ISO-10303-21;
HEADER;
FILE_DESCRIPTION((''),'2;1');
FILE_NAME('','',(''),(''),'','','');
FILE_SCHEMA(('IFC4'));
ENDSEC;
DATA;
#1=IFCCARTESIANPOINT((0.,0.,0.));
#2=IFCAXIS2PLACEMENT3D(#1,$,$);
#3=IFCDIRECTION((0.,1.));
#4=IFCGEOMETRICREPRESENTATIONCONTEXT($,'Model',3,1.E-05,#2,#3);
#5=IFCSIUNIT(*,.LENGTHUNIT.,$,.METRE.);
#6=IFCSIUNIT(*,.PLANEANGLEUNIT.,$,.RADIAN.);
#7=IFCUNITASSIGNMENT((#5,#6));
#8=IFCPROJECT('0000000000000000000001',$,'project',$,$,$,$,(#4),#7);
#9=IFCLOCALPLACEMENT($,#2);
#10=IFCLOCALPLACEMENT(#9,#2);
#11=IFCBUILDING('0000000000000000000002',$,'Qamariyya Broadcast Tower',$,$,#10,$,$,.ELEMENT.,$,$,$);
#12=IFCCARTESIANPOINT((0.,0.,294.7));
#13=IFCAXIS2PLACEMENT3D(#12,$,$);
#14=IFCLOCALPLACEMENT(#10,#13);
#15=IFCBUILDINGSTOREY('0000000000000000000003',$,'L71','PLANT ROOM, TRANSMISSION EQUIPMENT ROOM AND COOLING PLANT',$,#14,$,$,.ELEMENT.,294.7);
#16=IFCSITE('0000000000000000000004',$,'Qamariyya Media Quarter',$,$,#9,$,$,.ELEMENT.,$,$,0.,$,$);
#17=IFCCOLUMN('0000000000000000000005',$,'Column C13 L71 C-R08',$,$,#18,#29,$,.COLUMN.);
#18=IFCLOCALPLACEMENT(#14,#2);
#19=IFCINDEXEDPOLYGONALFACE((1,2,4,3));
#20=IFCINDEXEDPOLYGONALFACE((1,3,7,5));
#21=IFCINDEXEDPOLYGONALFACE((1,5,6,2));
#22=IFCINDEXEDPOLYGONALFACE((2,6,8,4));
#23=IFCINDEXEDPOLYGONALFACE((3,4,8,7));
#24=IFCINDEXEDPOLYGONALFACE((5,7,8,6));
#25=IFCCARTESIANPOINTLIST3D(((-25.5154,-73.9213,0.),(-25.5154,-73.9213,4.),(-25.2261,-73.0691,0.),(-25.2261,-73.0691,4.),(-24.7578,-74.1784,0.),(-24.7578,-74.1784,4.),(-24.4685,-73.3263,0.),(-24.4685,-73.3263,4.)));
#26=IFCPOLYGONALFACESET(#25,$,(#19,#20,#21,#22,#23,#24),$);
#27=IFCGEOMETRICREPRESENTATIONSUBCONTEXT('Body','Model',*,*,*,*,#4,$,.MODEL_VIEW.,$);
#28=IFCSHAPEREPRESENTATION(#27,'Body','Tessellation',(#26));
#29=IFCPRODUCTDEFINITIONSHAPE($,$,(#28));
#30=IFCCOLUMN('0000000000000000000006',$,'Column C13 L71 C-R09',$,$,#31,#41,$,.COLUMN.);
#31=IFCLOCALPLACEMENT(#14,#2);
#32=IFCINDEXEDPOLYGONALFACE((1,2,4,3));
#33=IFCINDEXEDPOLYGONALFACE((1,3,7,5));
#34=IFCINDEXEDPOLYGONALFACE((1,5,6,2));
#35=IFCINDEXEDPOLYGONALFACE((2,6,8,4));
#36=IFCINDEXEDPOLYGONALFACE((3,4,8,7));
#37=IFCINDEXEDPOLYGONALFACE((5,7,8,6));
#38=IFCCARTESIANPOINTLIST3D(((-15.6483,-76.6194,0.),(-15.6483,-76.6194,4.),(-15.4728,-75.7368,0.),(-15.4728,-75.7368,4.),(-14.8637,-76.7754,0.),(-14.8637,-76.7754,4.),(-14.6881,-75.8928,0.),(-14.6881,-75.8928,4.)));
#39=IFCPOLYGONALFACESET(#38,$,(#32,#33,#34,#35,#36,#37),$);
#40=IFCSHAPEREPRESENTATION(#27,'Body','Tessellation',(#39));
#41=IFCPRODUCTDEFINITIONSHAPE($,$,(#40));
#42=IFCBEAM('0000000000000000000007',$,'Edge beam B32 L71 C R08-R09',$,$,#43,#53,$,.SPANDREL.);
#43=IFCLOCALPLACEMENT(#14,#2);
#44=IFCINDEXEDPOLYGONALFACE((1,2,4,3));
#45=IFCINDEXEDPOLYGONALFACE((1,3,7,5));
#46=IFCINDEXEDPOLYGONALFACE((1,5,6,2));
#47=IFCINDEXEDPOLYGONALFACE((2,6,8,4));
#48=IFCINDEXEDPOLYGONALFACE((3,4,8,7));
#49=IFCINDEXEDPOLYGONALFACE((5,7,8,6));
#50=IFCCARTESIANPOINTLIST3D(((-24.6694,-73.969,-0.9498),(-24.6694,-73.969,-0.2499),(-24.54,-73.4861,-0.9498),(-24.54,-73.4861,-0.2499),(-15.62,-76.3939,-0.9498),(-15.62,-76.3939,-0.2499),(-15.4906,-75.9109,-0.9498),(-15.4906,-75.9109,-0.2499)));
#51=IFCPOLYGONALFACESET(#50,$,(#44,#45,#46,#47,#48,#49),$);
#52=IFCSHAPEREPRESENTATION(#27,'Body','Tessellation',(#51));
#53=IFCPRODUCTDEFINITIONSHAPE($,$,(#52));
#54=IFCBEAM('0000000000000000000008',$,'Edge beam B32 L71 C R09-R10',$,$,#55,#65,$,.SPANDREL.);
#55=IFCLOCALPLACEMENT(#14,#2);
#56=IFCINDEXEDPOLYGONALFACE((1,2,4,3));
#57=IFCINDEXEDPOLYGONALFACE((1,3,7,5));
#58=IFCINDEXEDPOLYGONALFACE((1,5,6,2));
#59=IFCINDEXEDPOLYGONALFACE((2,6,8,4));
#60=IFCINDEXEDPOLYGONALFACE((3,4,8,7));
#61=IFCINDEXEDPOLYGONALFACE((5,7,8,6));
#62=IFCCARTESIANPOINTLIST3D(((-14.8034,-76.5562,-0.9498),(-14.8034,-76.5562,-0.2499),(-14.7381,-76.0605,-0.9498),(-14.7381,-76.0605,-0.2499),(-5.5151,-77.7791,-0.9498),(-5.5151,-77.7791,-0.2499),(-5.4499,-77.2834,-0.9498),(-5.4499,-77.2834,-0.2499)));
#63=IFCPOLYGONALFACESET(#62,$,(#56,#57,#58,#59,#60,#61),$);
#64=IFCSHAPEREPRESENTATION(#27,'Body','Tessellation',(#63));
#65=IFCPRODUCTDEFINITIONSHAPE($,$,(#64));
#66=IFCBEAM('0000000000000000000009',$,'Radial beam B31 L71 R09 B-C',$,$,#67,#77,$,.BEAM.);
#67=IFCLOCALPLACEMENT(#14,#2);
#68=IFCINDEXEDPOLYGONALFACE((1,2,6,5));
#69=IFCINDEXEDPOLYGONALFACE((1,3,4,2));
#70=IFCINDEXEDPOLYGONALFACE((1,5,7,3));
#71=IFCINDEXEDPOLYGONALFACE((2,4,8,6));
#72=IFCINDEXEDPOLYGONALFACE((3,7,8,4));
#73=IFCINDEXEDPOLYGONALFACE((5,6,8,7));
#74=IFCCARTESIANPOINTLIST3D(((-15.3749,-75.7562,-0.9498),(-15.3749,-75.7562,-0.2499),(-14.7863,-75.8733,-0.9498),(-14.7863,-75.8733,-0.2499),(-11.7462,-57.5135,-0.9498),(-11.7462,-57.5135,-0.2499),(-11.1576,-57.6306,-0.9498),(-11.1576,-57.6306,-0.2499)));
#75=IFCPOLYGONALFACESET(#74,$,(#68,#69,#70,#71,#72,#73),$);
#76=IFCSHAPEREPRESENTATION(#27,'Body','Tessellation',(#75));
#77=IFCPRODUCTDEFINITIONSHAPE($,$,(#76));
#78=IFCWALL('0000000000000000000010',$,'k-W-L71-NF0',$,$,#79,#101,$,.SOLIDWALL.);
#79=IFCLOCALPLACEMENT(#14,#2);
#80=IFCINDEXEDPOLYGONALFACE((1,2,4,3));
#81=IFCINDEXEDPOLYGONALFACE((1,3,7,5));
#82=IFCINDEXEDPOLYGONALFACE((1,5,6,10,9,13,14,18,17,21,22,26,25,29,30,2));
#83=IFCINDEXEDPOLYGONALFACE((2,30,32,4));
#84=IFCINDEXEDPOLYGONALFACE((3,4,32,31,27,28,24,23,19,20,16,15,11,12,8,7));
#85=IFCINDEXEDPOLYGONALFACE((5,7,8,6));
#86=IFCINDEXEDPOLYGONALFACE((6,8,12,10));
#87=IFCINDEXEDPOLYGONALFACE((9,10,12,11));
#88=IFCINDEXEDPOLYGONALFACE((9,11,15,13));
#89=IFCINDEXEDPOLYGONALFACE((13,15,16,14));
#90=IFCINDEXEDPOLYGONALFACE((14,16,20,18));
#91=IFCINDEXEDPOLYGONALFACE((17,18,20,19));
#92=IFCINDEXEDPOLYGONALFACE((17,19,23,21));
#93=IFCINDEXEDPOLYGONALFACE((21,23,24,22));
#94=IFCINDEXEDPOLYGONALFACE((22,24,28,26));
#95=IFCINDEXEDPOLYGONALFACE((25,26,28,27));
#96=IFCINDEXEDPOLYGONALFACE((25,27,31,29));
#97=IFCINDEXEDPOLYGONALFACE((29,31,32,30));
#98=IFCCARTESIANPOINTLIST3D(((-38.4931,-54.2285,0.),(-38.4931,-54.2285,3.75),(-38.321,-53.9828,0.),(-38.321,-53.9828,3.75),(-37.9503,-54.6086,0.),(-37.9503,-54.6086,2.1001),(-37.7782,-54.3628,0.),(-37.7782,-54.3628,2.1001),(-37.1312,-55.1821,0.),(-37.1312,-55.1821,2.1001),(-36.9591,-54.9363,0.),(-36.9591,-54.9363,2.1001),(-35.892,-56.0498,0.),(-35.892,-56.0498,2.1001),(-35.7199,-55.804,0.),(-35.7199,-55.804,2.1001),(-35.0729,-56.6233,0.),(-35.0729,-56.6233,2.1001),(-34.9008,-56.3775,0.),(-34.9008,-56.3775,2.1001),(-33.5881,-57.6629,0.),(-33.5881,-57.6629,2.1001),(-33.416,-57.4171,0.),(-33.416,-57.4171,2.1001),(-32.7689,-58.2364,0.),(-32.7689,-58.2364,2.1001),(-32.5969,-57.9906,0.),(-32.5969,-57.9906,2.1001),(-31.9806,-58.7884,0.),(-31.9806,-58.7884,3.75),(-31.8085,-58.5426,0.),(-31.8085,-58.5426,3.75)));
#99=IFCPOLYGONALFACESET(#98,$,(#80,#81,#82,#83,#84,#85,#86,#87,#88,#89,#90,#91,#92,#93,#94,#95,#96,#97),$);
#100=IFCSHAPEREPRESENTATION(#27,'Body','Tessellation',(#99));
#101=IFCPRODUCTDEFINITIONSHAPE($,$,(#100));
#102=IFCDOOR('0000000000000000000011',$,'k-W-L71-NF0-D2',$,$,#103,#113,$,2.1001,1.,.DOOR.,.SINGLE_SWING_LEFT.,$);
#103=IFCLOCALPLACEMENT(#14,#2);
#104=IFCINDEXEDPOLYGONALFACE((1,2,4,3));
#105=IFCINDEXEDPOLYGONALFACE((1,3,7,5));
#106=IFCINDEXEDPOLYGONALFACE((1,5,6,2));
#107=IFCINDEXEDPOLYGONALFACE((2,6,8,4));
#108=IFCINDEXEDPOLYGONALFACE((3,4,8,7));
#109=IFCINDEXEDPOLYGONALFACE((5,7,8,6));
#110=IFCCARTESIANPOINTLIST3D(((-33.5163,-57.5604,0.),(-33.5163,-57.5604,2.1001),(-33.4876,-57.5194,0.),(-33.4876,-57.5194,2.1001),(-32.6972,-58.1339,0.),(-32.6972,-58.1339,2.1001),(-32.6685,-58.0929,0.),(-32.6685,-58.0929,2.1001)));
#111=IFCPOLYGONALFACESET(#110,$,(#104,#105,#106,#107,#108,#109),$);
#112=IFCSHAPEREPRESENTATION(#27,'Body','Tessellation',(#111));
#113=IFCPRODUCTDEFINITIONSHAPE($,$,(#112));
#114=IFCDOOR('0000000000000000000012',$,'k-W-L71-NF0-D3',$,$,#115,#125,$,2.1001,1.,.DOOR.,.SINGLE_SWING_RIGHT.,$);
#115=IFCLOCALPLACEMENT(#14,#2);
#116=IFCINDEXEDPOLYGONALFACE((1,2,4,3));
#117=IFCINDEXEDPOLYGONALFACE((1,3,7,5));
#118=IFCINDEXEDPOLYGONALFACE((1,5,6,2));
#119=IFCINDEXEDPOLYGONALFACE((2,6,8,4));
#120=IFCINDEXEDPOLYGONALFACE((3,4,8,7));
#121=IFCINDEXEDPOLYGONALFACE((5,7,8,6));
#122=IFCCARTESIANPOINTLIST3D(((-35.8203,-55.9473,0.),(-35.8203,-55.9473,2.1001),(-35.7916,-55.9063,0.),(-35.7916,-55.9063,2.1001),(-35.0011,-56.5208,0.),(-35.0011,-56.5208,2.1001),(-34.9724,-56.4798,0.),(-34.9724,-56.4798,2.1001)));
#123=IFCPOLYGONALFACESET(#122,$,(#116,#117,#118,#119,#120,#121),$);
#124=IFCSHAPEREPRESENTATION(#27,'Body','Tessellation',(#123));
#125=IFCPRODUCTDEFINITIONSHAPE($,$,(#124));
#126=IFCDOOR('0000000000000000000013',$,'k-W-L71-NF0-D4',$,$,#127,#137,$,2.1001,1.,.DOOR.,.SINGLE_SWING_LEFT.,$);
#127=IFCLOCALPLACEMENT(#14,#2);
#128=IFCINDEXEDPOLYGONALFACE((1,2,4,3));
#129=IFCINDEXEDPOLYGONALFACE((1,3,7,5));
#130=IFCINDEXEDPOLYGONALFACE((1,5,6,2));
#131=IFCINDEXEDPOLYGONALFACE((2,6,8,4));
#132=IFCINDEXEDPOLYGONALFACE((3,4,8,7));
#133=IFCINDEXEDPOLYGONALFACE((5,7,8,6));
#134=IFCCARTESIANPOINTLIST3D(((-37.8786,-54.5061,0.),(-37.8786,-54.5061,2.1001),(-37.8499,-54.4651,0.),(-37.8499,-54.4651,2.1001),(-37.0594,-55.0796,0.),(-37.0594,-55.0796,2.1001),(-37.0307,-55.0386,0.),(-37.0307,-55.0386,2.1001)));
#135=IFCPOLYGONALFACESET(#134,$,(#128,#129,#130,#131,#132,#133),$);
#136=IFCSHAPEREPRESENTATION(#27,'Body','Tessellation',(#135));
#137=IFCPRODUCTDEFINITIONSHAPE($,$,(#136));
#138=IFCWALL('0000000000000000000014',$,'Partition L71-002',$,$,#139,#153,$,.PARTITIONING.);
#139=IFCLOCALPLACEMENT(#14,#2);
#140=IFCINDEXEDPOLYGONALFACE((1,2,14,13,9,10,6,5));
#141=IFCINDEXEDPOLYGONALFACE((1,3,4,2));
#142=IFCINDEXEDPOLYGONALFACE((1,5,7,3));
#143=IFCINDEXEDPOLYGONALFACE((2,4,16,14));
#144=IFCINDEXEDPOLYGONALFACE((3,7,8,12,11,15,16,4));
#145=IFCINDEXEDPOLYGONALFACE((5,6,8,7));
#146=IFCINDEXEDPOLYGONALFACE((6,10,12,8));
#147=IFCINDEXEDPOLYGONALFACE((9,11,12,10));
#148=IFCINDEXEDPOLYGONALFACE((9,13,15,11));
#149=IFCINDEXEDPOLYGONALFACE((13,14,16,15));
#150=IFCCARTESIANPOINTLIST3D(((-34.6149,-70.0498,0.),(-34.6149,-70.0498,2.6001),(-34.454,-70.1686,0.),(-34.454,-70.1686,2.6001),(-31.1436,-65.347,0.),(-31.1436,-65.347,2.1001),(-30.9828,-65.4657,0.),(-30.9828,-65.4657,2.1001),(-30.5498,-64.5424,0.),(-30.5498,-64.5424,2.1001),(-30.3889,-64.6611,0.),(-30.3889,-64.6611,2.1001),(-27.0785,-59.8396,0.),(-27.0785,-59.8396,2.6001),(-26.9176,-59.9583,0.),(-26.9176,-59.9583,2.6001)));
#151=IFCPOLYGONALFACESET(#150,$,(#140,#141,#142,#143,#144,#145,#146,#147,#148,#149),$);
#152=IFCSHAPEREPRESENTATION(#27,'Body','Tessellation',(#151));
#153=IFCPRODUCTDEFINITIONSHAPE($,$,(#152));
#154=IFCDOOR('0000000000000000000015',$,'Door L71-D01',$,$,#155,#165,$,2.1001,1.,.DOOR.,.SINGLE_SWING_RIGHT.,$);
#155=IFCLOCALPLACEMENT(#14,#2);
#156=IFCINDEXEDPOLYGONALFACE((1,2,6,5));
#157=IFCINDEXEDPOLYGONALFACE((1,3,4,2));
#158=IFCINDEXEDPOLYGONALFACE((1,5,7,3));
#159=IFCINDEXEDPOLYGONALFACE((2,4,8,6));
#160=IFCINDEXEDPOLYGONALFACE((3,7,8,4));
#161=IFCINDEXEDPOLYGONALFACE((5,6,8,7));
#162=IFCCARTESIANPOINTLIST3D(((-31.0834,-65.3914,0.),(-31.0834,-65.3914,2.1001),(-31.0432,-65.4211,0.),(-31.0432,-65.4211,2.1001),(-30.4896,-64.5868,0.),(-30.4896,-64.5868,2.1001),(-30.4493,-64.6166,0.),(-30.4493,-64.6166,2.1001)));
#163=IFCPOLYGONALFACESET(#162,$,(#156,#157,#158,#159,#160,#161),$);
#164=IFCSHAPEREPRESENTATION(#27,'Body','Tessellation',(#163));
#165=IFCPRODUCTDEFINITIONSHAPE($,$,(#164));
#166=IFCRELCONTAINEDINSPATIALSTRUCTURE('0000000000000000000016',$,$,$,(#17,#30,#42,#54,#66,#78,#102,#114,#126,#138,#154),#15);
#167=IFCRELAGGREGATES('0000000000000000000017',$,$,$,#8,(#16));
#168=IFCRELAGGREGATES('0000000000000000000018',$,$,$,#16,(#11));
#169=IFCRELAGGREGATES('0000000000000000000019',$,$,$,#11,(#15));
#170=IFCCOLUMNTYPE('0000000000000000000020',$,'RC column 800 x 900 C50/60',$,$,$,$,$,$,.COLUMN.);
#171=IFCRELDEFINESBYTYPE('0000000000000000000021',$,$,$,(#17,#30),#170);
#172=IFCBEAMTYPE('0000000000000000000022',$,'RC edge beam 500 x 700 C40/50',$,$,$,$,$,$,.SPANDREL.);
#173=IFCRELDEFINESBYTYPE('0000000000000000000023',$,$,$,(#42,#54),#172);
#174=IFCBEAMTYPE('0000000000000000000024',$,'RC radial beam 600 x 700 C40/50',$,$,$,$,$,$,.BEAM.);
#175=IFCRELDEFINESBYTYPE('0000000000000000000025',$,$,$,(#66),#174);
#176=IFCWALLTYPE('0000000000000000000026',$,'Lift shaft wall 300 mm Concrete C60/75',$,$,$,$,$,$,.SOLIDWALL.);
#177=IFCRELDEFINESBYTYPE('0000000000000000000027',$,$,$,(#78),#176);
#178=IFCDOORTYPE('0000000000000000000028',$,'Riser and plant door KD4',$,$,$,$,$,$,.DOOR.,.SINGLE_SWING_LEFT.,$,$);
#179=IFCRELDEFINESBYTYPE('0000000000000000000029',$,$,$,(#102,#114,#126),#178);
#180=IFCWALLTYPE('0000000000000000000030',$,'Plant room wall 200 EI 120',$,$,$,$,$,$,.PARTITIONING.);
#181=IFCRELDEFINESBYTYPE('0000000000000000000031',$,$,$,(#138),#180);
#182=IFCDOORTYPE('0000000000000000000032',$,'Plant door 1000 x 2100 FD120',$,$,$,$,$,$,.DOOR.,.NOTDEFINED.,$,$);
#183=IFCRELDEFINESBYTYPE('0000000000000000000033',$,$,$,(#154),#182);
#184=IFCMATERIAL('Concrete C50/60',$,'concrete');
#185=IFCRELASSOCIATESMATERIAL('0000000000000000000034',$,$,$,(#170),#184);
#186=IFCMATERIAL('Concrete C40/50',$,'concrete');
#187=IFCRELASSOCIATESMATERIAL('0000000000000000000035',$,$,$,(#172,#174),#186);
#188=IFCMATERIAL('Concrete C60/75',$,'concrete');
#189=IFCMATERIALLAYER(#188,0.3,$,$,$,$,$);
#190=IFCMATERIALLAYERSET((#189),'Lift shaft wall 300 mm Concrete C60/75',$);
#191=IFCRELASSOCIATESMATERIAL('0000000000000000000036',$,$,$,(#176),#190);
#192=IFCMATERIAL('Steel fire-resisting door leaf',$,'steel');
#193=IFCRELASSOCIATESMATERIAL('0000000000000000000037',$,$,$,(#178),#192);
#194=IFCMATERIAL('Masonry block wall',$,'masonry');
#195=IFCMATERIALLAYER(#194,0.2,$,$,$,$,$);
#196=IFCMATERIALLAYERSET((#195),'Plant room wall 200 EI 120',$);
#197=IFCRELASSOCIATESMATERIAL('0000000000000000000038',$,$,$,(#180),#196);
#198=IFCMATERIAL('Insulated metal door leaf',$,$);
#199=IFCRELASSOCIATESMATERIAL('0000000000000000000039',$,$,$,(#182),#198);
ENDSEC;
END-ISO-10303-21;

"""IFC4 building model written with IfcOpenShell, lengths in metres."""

from ifc_helpers import new_model, si_unit, direction, frame, frame_2d, origin, origin_2d, place, context, subcontext, project, spatial, rectangle, extrude, material, layer, layer_set, material_profile, profile_set, type_object, element, fill, save


model = new_model("IFC4")

# Units and contexts
model_context = context("Model", 3, precision=1e-05, world=origin(), true_north=direction((0.0, 1.0)))
body_context = subcontext(model_context, "Body", "Model", "MODEL_VIEW")
ifc_project = project(units=[si_unit("LENGTHUNIT", "METRE"), si_unit("PLANEANGLEUNIT", "RADIAN")], contexts=[model_context])

# Site, building, storey
site_placement = place(None, origin())
site = spatial("IfcSite", under=ifc_project, at=site_placement, Name="Qamariyya Media Quarter", CompositionType="ELEMENT", RefElevation=0.0)
building_placement = place(site_placement, origin())
building = spatial("IfcBuilding", under=site, at=building_placement, Name="Qamariyya Broadcast Tower", CompositionType="ELEMENT")
storey_placement = place(building_placement, frame((0.0, 0.0, 294.7)))
storey = spatial("IfcBuildingStorey", under=building, at=storey_placement, Name="L71", Description="PLANT ROOM, TRANSMISSION EQUIPMENT ROOM AND COOLING PLANT", CompositionType="ELEMENT", Elevation=294.7)

# Columns
ifc_material_1 = material(Name="Concrete C50/60", Category="concrete")
ifc_material_profile_1 = material_profile(ifc_material_1, rectangle(XDim=0.8, YDim=0.8999, at=origin_2d()))
ifc_profile_set_1 = profile_set([ifc_material_profile_1], Name="Concrete C50/60")
column_type = type_object("IfcColumnType", Name="RC column 800 x 900 C50/60", PredefinedType="COLUMN", material=ifc_profile_set_1)
for number, where, z_axis, x_axis, name in (
    (1, (-24.9919, -73.6238, 0.0), (0.0, 0.0, 1.0), (0.94693, -0.321439, 0.0), "Column C13 L71 C-R08"),
    (2, (-15.1682, -76.2561, 0.0), (0.0, 0.0, 1.0), (0.980785, -0.19509, 0.0), "Column C13 L71 C-R09"),
):
    element("IfcColumn", number, at=place(storey_placement, frame(where, z_axis=z_axis, x_axis=x_axis)), inside=storey, type_object=column_type, Name=name, PredefinedType="COLUMN", context=body_context, shape_type="SweptSolid", body=[
        extrude(rectangle(XDim=0.8, YDim=0.8999, at=origin_2d()), origin(), (0.0, 0.0, 1.0), 4.0),
    ])

# Beams
ifc_material_2 = material(Name="Concrete C40/50", Category="concrete")
ifc_material_profile_2 = material_profile(ifc_material_2, rectangle(XDim=0.5, YDim=0.7, at=origin_2d()))
ifc_profile_set_2 = profile_set([ifc_material_profile_2], Name="Concrete C40/50")
beam_type_1 = type_object("IfcBeamType", Name="RC edge beam 500 x 700 C40/50", PredefinedType="SPANDREL", material=ifc_profile_set_2)
beam_1_placement = place(storey_placement, frame((-24.6047, -73.7275, -0.5999), z_axis=(0.965925, -0.258824, 0.0), x_axis=(0.258824, 0.965925, 0.0)))
element("IfcBeam", 3, at=beam_1_placement, inside=storey, type_object=beam_type_1, Name="Edge beam B32 L71 C R08-R09", PredefinedType="SPANDREL", context=body_context, shape_type="SweptSolid", body=[
    extrude(rectangle(XDim=0.5, YDim=0.7, at=origin_2d()), origin(), (0.0, 0.0, 1.0), 9.3687),
])
beam_2_placement = place(storey_placement, frame((-14.7708, -76.3083, -0.5999), z_axis=(0.991444, -0.130533, 0.0), x_axis=(0.130533, 0.991444, 0.0)))
element("IfcBeam", 4, at=beam_2_placement, inside=storey, type_object=beam_type_1, Name="Edge beam B32 L71 C R09-R10", PredefinedType="SPANDREL", context=body_context, shape_type="SweptSolid", body=[
    extrude(rectangle(XDim=0.5, YDim=0.7, at=origin_2d()), origin(), (0.0, 0.0, 1.0), 9.3684),
])
ifc_material_profile_3 = material_profile(ifc_material_2, rectangle(XDim=0.6001, YDim=0.7, at=origin_2d()))
ifc_profile_set_3 = profile_set([ifc_material_profile_3], Name="Concrete C40/50")
beam_type_2 = type_object("IfcBeamType", Name="RC radial beam 600 x 700 C40/50", PredefinedType="BEAM", material=ifc_profile_set_3)
beam_3_placement = place(storey_placement, frame((-11.4519, -57.572, -0.5999), z_axis=(-0.195089, -0.980786, 0.0), x_axis=(0.980786, -0.195089, 0.0)))
element("IfcBeam", 5, at=beam_3_placement, inside=storey, type_object=beam_type_2, Name="Radial beam B31 L71 R09 B-C", PredefinedType="BEAM", context=body_context, shape_type="SweptSolid", body=[
    extrude(rectangle(XDim=0.6001, YDim=0.7, at=origin_2d()), origin(), (0.0, 0.0, 1.0), 18.6001),
])

# Wall, openings, doors
ifc_material_3 = material(Name="Concrete C60/75", Category="concrete")
ifc_layer_1 = layer(ifc_material_3, 0.3)
ifc_layer_set_1 = layer_set([ifc_layer_1], Name="Lift shaft wall 300 mm Concrete C60/75")
wall_type_1 = type_object("IfcWallType", Name="Lift shaft wall 300 mm Concrete C60/75", PredefinedType="SOLIDWALL", material=ifc_layer_set_1)
wall_1_placement = place(storey_placement, frame((-31.8945, -58.6655, 0.0), z_axis=(0.0, 0.0, 1.0), x_axis=(-0.819167, 0.573555, 0.0)))
wall_1 = element("IfcWall", 6, at=wall_1_placement, inside=storey, type_object=wall_type_1, Name="k-W-L71-NF0", PredefinedType="SOLIDWALL", context=body_context, shape_type="SweptSolid", body=[
    extrude(rectangle(XDim=7.9502, YDim=0.3, at=frame_2d((3.9751, 0.0))), origin(), (0.0, 0.0, 1.0), 3.75),
])
opening_1_placement = place(wall_1_placement, frame((0.9624, 0.0, 0.0)))
opening_1 = element("IfcOpeningElement", 7, at=opening_1_placement, cuts=wall_1, PredefinedType="OPENING", context=body_context, shape_type="SweptSolid", body=[
    extrude(rectangle(XDim=1.0, YDim=2.1001, at=frame_2d((0.5, 1.05))), frame((0.0, 0.1599, 0.0), z_axis=(0.0, -1.0, 0.0), x_axis=(1.0, 0.0, 0.0)), (0.0, 0.0, 1.0), 0.3201),
])
opening_2_placement = place(wall_1_placement, frame((3.7749, 0.0, 0.0)))
opening_2 = element("IfcOpeningElement", 8, at=opening_2_placement, cuts=wall_1, PredefinedType="OPENING", context=body_context, shape_type="SweptSolid", body=[
    extrude(rectangle(XDim=1.0, YDim=2.1001, at=frame_2d((0.5, 1.05))), frame((0.0, 0.1599, 0.0), z_axis=(0.0, -1.0, 0.0), x_axis=(1.0, 0.0, 0.0)), (0.0, 0.0, 1.0), 0.3201),
])
opening_3_placement = place(wall_1_placement, frame((6.2876, 0.0, 0.0)))
opening_3 = element("IfcOpeningElement", 9, at=opening_3_placement, cuts=wall_1, PredefinedType="OPENING", context=body_context, shape_type="SweptSolid", body=[
    extrude(rectangle(XDim=1.0, YDim=2.1001, at=frame_2d((0.5, 1.05))), frame((0.0, 0.1599, 0.0), z_axis=(0.0, -1.0, 0.0), x_axis=(1.0, 0.0, 0.0)), (0.0, 0.0, 1.0), 0.3201),
])
ifc_material_4 = material(Name="Steel fire-resisting door leaf", Category="steel")
door_type_1 = type_object("IfcDoorType", Name="Riser and plant door KD4", OperationType="SINGLE_SWING_LEFT", PredefinedType="DOOR", material=ifc_material_4)
door_1_placement = place(opening_1_placement, origin())
door_1 = element("IfcDoor", 10, at=door_1_placement, inside=storey, type_object=door_type_1, Name="k-W-L71-NF0-D2", OperationType="SINGLE_SWING_LEFT", OverallHeight=2.1001, OverallWidth=1.0, PredefinedType="DOOR", context=body_context, shape_type="SweptSolid", body=[
    extrude(rectangle(XDim=1.0, YDim=2.1001, at=frame_2d((0.5, 1.05))), frame((0.0, 0.0249, 0.0), z_axis=(0.0, -1.0, 0.0), x_axis=(1.0, 0.0, 0.0)), (0.0, 0.0, 1.0), 0.05),
])
fill(opening_1, door_1)
door_2_placement = place(opening_2_placement, origin())
door_2 = element("IfcDoor", 11, at=door_2_placement, inside=storey, type_object=door_type_1, Name="k-W-L71-NF0-D3", OperationType="SINGLE_SWING_RIGHT", OverallHeight=2.1001, OverallWidth=1.0, PredefinedType="DOOR", context=body_context, shape_type="SweptSolid", body=[
    extrude(rectangle(XDim=1.0, YDim=2.1001, at=frame_2d((0.5, 1.05))), frame((0.0, 0.0249, 0.0), z_axis=(0.0, -1.0, 0.0), x_axis=(1.0, 0.0, 0.0)), (0.0, 0.0, 1.0), 0.05),
])
fill(opening_2, door_2)
door_3_placement = place(opening_3_placement, origin())
door_3 = element("IfcDoor", 12, at=door_3_placement, inside=storey, type_object=door_type_1, Name="k-W-L71-NF0-D4", OperationType="SINGLE_SWING_LEFT", OverallHeight=2.1001, OverallWidth=1.0, PredefinedType="DOOR", context=body_context, shape_type="SweptSolid", body=[
    extrude(rectangle(XDim=1.0, YDim=2.1001, at=frame_2d((0.5, 1.05))), frame((0.0, 0.0249, 0.0), z_axis=(0.0, -1.0, 0.0), x_axis=(1.0, 0.0, 0.0)), (0.0, 0.0, 1.0), 0.05),
])
fill(opening_3, door_3)

# Wall, opening, door
ifc_material_5 = material(Name="Masonry block wall", Category="masonry")
ifc_layer_2 = layer(ifc_material_5, 0.2)
ifc_layer_set_2 = layer_set([ifc_layer_2], Name="Plant room wall 200 EI 120")
wall_type_2 = type_object("IfcWallType", Name="Plant room wall 200 EI 120", PredefinedType="PARTITIONING", material=ifc_layer_set_2)
wall_2_placement = place(storey_placement, frame((-26.998, -59.8989, 0.0), z_axis=(0.0, 0.0, 1.0), x_axis=(-0.593866, -0.804564, 0.0)))
wall_2 = element("IfcWall", 13, at=wall_2_placement, inside=storey, type_object=wall_type_2, Name="Partition L71-002", PredefinedType="PARTITIONING", context=body_context, shape_type="SweptSolid", body=[
    extrude(rectangle(XDim=12.6904, YDim=0.2, at=frame_2d((6.3452, 0.0))), origin(), (0.0, 0.0, 1.0), 2.6001),
])
opening_4_placement = place(wall_2_placement, frame((5.8452, 0.0, 0.0)))
opening_4 = element("IfcOpeningElement", 14, at=opening_4_placement, cuts=wall_2, PredefinedType="OPENING", context=body_context, shape_type="SweptSolid", body=[
    extrude(rectangle(XDim=1.0, YDim=2.1001, at=frame_2d((0.5, 1.05))), frame((0.0, 0.1099, 0.0), z_axis=(0.0, -1.0, 0.0), x_axis=(1.0, 0.0, 0.0)), (0.0, 0.0, 1.0), 0.22),
])
ifc_material_6 = material(Name="Insulated metal door leaf")
door_type_2 = type_object("IfcDoorType", Name="Plant door 1000 x 2100 FD120", OperationType="NOTDEFINED", PredefinedType="DOOR", material=ifc_material_6)
door_4_placement = place(opening_4_placement, origin())
door_4 = element("IfcDoor", 15, at=door_4_placement, inside=storey, type_object=door_type_2, Name="Door L71-D01", OperationType="SINGLE_SWING_RIGHT", OverallHeight=2.1001, OverallWidth=1.0, PredefinedType="DOOR", context=body_context, shape_type="SweptSolid", body=[
    extrude(rectangle(XDim=1.0, YDim=2.1001, at=frame_2d((0.5, 1.05))), frame((0.0, 0.0249, 0.0), z_axis=(0.0, -1.0, 0.0), x_axis=(1.0, 0.0, 0.0)), (0.0, 0.0, 1.0), 0.05),
])
fill(opening_4, door_4)

save(model, "model.ifc")
